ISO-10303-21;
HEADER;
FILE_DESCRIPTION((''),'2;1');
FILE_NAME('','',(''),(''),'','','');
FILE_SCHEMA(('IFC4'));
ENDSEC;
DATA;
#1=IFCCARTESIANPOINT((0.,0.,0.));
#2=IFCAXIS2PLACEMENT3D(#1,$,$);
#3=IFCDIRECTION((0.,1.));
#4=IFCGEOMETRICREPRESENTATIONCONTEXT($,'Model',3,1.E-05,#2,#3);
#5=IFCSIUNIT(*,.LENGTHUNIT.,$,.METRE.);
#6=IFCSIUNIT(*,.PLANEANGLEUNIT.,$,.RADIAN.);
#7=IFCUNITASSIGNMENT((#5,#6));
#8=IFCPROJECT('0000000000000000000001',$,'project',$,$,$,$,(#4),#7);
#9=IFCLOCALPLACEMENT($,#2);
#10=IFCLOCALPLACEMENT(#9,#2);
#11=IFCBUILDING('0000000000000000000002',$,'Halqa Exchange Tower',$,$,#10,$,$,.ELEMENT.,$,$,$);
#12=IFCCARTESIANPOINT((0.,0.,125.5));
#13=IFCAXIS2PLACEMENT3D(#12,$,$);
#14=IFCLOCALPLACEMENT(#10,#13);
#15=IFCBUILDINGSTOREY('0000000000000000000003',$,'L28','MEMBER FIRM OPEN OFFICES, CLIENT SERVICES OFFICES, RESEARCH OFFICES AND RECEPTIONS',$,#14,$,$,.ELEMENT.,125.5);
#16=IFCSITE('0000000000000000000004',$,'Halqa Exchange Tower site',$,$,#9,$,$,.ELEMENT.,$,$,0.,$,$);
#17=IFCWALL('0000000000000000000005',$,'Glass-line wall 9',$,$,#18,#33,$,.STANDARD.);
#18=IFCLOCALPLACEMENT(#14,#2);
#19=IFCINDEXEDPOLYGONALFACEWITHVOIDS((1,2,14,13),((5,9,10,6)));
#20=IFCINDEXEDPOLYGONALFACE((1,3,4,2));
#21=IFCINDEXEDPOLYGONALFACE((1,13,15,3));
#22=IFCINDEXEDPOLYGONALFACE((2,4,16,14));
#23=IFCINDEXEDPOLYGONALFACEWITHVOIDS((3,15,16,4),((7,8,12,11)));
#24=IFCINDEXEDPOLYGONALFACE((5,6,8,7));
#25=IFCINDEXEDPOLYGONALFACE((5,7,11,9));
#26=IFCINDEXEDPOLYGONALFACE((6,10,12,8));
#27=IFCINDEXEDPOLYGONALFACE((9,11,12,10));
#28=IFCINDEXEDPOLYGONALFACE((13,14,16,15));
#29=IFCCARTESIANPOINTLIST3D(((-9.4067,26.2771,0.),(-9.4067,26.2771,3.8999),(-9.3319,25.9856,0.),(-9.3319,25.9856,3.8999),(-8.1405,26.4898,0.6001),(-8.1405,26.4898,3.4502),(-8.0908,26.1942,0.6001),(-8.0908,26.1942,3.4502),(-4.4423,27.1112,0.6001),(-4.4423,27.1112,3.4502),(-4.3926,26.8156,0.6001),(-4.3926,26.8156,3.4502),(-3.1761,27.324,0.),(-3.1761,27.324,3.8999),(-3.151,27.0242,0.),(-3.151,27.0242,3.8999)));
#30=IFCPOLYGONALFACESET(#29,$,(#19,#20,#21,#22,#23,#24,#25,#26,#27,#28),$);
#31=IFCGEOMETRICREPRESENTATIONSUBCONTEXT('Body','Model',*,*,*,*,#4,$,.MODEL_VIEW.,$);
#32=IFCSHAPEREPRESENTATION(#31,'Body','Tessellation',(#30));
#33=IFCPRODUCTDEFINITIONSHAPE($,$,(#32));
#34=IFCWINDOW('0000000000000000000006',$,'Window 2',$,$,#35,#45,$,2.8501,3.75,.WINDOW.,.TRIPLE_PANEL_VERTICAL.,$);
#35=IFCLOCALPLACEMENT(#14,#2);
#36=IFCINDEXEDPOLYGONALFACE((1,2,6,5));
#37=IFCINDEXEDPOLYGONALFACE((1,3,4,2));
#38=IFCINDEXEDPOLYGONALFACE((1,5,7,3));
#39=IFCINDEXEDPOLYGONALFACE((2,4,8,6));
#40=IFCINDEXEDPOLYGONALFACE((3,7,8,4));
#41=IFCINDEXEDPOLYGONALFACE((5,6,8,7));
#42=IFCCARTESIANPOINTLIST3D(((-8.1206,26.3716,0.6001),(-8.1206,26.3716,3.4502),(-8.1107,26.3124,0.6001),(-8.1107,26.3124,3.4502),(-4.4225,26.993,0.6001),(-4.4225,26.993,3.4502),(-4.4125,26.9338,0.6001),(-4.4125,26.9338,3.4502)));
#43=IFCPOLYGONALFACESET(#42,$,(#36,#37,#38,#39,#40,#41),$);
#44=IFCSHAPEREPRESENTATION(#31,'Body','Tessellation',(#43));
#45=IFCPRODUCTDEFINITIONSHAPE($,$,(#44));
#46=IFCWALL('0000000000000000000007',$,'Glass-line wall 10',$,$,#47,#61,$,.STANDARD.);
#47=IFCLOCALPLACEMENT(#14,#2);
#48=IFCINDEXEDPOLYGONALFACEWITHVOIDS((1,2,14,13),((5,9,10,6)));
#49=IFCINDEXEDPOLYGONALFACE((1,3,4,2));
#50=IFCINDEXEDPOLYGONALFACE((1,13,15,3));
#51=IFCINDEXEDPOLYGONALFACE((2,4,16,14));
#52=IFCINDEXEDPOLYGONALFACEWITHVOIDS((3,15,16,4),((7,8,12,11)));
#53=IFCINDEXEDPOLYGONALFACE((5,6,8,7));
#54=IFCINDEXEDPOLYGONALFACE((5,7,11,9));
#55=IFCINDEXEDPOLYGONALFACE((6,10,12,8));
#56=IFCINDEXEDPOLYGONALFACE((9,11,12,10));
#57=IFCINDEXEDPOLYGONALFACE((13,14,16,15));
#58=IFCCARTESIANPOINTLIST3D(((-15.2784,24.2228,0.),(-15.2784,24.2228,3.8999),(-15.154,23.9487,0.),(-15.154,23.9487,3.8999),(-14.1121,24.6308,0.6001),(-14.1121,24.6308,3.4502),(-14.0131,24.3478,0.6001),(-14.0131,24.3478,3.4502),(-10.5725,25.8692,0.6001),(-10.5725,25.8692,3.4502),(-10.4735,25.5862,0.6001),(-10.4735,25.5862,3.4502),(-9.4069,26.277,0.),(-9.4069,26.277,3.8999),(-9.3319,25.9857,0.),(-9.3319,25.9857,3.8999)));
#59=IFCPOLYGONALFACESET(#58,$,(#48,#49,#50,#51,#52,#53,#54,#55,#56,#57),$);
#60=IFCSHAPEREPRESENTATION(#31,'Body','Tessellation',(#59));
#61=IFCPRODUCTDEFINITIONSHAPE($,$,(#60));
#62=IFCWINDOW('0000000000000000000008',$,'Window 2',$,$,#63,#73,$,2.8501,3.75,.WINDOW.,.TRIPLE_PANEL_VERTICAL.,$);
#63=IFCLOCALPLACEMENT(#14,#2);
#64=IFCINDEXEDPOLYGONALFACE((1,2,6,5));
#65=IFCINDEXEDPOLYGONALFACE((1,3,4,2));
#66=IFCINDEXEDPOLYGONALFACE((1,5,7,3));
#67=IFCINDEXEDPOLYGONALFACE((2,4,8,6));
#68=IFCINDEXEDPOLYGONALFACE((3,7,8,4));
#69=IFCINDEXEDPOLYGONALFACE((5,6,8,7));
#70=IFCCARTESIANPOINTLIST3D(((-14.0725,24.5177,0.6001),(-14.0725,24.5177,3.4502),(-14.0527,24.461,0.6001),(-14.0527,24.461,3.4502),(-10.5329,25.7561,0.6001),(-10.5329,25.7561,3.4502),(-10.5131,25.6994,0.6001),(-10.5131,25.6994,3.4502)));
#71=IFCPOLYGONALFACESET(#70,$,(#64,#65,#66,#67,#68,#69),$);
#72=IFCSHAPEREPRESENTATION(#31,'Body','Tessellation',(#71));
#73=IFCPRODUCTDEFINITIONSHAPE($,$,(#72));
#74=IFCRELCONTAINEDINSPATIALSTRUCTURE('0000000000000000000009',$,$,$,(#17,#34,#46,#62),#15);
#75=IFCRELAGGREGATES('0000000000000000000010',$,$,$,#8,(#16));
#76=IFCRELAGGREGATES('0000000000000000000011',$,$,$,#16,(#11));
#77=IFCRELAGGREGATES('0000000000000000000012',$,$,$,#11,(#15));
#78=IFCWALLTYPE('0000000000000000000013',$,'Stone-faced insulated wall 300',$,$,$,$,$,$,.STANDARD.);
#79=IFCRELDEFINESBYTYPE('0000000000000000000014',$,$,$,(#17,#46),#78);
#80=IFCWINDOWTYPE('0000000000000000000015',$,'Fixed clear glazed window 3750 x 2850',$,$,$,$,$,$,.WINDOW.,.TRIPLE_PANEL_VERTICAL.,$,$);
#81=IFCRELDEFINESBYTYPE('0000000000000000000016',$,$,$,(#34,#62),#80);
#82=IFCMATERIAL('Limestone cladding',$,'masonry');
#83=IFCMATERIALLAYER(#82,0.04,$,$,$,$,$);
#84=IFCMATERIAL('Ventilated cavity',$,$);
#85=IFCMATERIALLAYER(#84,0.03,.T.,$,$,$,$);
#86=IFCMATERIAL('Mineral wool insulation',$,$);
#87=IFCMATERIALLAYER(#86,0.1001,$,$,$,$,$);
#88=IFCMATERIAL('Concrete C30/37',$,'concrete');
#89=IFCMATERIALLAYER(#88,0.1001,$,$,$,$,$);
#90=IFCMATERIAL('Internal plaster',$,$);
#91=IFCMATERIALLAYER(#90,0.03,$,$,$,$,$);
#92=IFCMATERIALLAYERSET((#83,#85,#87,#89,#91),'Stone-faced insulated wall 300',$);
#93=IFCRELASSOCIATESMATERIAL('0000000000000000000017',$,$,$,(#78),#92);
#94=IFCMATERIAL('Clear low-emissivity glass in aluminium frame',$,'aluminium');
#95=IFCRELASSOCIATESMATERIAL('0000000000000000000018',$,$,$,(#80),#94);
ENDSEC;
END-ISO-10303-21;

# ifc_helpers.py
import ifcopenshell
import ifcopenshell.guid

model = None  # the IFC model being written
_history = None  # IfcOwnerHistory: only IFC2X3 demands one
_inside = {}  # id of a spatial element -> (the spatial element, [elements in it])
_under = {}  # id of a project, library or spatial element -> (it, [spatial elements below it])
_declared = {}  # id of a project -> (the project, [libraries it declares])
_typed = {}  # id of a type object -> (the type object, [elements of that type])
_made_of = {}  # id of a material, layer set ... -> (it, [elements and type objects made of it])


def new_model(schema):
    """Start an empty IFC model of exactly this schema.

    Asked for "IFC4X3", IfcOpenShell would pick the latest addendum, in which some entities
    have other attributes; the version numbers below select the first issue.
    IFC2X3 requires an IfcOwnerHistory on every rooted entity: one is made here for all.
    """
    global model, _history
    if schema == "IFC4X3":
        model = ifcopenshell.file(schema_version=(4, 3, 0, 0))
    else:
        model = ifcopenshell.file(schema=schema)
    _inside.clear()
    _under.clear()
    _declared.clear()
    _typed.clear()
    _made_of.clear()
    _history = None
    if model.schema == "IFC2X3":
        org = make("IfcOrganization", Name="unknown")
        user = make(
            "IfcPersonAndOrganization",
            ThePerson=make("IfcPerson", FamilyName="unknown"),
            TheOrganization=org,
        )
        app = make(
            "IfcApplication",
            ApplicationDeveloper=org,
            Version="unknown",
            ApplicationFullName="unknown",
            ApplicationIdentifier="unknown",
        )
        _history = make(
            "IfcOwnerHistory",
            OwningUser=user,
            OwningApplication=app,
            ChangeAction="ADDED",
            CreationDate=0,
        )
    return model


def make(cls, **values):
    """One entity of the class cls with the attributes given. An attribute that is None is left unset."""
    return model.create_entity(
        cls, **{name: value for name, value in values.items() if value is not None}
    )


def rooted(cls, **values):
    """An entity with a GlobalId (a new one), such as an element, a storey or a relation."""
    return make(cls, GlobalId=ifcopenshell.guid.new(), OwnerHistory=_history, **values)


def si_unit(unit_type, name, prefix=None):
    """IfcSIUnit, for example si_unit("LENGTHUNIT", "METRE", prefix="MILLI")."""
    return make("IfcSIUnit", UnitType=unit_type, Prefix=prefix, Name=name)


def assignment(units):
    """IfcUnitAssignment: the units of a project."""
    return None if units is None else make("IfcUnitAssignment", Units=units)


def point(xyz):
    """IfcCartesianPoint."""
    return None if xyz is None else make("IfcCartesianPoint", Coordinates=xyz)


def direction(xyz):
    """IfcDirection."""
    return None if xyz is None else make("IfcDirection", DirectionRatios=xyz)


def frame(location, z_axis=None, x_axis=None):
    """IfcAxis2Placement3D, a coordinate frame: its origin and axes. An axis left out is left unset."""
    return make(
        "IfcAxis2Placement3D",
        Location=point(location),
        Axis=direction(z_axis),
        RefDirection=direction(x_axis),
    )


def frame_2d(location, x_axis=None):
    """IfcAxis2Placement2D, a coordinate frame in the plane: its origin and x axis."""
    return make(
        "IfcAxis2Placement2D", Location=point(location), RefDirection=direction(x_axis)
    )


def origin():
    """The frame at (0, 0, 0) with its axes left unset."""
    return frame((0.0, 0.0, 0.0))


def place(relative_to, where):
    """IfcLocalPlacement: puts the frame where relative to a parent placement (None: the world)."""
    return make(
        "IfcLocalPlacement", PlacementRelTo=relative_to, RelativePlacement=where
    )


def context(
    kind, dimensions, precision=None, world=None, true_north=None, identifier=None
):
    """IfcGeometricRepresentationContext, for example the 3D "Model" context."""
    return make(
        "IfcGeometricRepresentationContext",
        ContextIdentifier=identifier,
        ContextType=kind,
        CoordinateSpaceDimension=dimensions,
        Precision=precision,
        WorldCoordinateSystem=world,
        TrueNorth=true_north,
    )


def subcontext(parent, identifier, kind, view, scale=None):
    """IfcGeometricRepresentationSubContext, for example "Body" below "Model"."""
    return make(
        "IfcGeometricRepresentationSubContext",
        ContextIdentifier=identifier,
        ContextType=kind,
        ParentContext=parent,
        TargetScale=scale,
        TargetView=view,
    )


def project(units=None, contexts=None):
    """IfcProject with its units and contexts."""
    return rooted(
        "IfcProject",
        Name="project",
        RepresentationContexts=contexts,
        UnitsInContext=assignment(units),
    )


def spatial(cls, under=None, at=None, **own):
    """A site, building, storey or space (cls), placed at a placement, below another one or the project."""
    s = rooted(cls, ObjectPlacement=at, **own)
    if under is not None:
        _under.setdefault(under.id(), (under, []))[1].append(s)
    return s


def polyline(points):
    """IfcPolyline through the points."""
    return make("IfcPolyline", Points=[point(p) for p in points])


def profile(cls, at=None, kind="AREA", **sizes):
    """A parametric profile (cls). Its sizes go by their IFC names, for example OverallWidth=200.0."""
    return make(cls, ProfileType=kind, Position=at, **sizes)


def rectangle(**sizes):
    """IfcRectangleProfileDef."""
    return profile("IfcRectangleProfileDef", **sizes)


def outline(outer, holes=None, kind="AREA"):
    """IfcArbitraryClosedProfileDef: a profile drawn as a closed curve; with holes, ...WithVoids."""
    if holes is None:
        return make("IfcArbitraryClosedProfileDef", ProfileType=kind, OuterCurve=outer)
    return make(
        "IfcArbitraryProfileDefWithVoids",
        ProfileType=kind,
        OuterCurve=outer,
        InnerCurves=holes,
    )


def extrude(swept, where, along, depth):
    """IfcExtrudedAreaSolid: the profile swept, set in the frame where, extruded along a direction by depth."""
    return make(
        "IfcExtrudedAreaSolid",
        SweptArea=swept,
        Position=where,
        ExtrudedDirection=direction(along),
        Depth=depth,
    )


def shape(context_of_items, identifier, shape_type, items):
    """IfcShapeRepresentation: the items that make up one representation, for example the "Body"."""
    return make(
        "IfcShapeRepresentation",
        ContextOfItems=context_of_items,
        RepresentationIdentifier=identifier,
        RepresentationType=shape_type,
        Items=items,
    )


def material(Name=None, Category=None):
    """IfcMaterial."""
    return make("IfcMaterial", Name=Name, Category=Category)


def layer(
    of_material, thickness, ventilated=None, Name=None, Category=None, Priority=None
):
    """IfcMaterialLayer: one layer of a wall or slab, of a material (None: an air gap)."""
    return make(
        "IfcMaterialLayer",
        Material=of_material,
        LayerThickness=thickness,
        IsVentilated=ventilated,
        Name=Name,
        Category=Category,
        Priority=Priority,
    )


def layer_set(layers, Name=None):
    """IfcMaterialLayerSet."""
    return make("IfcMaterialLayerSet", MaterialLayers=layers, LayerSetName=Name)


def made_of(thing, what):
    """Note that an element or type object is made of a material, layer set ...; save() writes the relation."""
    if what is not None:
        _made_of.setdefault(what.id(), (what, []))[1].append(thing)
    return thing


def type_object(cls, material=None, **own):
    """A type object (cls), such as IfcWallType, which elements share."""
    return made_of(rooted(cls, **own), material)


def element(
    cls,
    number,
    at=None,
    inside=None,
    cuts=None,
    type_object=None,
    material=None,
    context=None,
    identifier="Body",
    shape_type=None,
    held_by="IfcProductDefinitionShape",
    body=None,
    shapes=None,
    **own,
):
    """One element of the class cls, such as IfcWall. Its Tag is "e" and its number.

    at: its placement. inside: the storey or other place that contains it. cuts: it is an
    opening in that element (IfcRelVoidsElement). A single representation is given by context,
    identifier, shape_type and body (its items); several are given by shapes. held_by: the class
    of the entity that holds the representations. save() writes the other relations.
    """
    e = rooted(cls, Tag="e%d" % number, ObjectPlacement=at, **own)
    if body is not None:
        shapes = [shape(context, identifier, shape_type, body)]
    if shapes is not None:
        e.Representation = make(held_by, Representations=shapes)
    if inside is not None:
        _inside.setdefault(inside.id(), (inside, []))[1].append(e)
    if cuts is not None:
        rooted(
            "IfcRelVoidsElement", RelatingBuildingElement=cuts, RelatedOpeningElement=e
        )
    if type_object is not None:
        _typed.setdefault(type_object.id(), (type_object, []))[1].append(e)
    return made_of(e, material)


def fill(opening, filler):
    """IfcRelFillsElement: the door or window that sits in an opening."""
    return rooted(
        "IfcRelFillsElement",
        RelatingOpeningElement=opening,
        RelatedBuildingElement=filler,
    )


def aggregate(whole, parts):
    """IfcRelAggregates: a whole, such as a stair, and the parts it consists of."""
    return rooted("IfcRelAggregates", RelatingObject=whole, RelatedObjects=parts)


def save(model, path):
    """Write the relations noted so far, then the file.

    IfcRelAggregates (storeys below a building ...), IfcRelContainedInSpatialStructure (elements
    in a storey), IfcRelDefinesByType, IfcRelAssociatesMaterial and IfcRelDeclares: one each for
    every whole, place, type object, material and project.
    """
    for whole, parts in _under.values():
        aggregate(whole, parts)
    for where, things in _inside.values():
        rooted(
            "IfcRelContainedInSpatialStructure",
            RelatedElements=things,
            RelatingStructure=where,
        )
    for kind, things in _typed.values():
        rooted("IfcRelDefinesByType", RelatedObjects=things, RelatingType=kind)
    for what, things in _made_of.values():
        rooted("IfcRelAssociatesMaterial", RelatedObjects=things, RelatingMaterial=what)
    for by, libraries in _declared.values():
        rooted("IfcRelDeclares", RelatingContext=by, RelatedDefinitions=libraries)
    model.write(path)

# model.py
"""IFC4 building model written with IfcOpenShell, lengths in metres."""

from ifc_helpers import new_model, si_unit, direction, frame, frame_2d, origin, place, context, subcontext, project, spatial, polyline, rectangle, outline, extrude, material, layer, layer_set, type_object, element, fill, save


model = new_model("IFC4")

# Units and contexts
model_context = context("Model", 3, precision=1e-05, world=origin(), true_north=direction((0.0, 1.0)))
body_context = subcontext(model_context, "Body", "Model", "MODEL_VIEW")
ifc_project = project(units=[si_unit("LENGTHUNIT", "METRE"), si_unit("PLANEANGLEUNIT", "RADIAN")], contexts=[model_context])

# Site, building, storey
site_placement = place(None, origin())
site = spatial("IfcSite", under=ifc_project, at=site_placement, Name="Halqa Exchange Tower site", CompositionType="ELEMENT", RefElevation=0.0)
building_placement = place(site_placement, origin())
building = spatial("IfcBuilding", under=site, at=building_placement, Name="Halqa Exchange Tower", CompositionType="ELEMENT")
storey_placement = place(building_placement, frame((0.0, 0.0, 125.5)))
storey = spatial("IfcBuildingStorey", under=building, at=storey_placement, Name="L28", Description="MEMBER FIRM OPEN OFFICES, CLIENT SERVICES OFFICES, RESEARCH OFFICES AND RECEPTIONS", CompositionType="ELEMENT", Elevation=125.5)

# Shared definitions
ifc_material_1 = material(Name="Concrete C30/37", Category="concrete")

# Walls, openings, windows
ifc_material_2 = material(Name="Limestone cladding", Category="masonry")
ifc_layer_1 = layer(ifc_material_2, 0.04)
ifc_material_3 = material(Name="Ventilated cavity")
ifc_layer_2 = layer(ifc_material_3, 0.03, ventilated=True)
ifc_material_4 = material(Name="Mineral wool insulation")
ifc_layer_3 = layer(ifc_material_4, 0.1001)
ifc_layer_4 = layer(ifc_material_1, 0.1001)
ifc_material_5 = material(Name="Internal plaster")
ifc_layer_5 = layer(ifc_material_5, 0.03)
ifc_layer_set_1 = layer_set([ifc_layer_1, ifc_layer_2, ifc_layer_3, ifc_layer_4, ifc_layer_5], Name="Stone-faced insulated wall 300")
wall_type_1 = type_object("IfcWallType", Name="Stone-faced insulated wall 300", PredefinedType="STANDARD", material=ifc_layer_set_1)
wall_1_placement = place(storey_placement, frame((-3.1636, 27.1741, 0.0), z_axis=(0.0, 0.0, 1.0), x_axis=(-0.986176, -0.165701, 0.0)))
wall_1 = element("IfcWall", 1, at=wall_1_placement, inside=storey, type_object=wall_type_1, Name="Glass-line wall 9", PredefinedType="STANDARD", context=body_context, shape_type="SweptSolid", body=[
    extrude(outline(polyline([(-0.0125, -0.1499), (6.3054, -0.1499), (6.28, 0.1499), (0.0125, 0.1499), (-0.0125, -0.1499)])), origin(), (0.0, 0.0, 1.0), 3.8999),
])
opening_1_placement = place(wall_1_placement, frame((1.2715, 0.0, 0.6001)))
opening_1 = element("IfcOpeningElement", 2, at=opening_1_placement, cuts=wall_1, PredefinedType="OPENING", context=body_context, shape_type="SweptSolid", body=[
    extrude(rectangle(XDim=3.75, YDim=2.8501, at=frame_2d((1.875, 1.425))), frame((0.0, 0.1621, 0.0), z_axis=(0.0, -1.0, 0.0), x_axis=(1.0, 0.0, 0.0)), (0.0, 0.0, 1.0), 0.324),
])
ifc_material_6 = material(Name="Clear low-emissivity glass in aluminium frame", Category="aluminium")
window_type = type_object("IfcWindowType", Name="Fixed clear glazed window 3750 x 2850", PartitioningType="TRIPLE_PANEL_VERTICAL", PredefinedType="WINDOW", material=ifc_material_6)
window_1_placement = place(opening_1_placement, origin())
window_1 = element("IfcWindow", 3, at=window_1_placement, inside=storey, type_object=window_type, Name="Window 2", OverallHeight=2.8501, OverallWidth=3.75, PartitioningType="TRIPLE_PANEL_VERTICAL", PredefinedType="WINDOW", context=body_context, shape_type="SweptSolid", body=[
    extrude(rectangle(XDim=3.75, YDim=2.8501, at=frame_2d((1.875, 1.425))), frame((0.0, 0.03, 0.0), z_axis=(0.0, -1.0, 0.0), x_axis=(1.0, 0.0, 0.0)), (0.0, 0.0, 1.0), 0.0601),
])
fill(opening_1, window_1)
wall_2_placement = place(storey_placement, frame((-9.3694, 26.1313, 0.0), z_axis=(0.0, 0.0, 1.0), x_axis=(-0.943897, -0.33024, 0.0)))
wall_2 = element("IfcWall", 4, at=wall_2_placement, inside=storey, type_object=wall_type_1, Name="Glass-line wall 10", PredefinedType="STANDARD", context=body_context, shape_type="SweptSolid", body=[
    extrude(outline(polyline([(-0.0127, -0.1499), (6.2078, -0.1499), (6.1809, 0.1499), (0.0127, 0.1499), (-0.0127, -0.1499)])), origin(), (0.0, 0.0, 1.0), 3.8999),
])
opening_2_placement = place(wall_2_placement, frame((1.2222, 0.0, 0.6001)))
opening_2 = element("IfcOpeningElement", 5, at=opening_2_placement, cuts=wall_2, PredefinedType="OPENING", context=body_context, shape_type="SweptSolid", body=[
    extrude(rectangle(XDim=3.75, YDim=2.8501, at=frame_2d((1.875, 1.425))), frame((0.0, 0.1621, 0.0), z_axis=(0.0, -1.0, 0.0), x_axis=(1.0, 0.0, 0.0)), (0.0, 0.0, 1.0), 0.324),
])
window_2_placement = place(opening_2_placement, origin())
window_2 = element("IfcWindow", 6, at=window_2_placement, inside=storey, type_object=window_type, Name="Window 2", OverallHeight=2.8501, OverallWidth=3.75, PartitioningType="TRIPLE_PANEL_VERTICAL", PredefinedType="WINDOW", context=body_context, shape_type="SweptSolid", body=[
    extrude(rectangle(XDim=3.75, YDim=2.8501, at=frame_2d((1.875, 1.425))), frame((0.0, 0.03, 0.0), z_axis=(0.0, -1.0, 0.0), x_axis=(1.0, 0.0, 0.0)), (0.0, 0.0, 1.0), 0.0601),
])
fill(opening_2, window_2)

save(model, "model.ifc")
